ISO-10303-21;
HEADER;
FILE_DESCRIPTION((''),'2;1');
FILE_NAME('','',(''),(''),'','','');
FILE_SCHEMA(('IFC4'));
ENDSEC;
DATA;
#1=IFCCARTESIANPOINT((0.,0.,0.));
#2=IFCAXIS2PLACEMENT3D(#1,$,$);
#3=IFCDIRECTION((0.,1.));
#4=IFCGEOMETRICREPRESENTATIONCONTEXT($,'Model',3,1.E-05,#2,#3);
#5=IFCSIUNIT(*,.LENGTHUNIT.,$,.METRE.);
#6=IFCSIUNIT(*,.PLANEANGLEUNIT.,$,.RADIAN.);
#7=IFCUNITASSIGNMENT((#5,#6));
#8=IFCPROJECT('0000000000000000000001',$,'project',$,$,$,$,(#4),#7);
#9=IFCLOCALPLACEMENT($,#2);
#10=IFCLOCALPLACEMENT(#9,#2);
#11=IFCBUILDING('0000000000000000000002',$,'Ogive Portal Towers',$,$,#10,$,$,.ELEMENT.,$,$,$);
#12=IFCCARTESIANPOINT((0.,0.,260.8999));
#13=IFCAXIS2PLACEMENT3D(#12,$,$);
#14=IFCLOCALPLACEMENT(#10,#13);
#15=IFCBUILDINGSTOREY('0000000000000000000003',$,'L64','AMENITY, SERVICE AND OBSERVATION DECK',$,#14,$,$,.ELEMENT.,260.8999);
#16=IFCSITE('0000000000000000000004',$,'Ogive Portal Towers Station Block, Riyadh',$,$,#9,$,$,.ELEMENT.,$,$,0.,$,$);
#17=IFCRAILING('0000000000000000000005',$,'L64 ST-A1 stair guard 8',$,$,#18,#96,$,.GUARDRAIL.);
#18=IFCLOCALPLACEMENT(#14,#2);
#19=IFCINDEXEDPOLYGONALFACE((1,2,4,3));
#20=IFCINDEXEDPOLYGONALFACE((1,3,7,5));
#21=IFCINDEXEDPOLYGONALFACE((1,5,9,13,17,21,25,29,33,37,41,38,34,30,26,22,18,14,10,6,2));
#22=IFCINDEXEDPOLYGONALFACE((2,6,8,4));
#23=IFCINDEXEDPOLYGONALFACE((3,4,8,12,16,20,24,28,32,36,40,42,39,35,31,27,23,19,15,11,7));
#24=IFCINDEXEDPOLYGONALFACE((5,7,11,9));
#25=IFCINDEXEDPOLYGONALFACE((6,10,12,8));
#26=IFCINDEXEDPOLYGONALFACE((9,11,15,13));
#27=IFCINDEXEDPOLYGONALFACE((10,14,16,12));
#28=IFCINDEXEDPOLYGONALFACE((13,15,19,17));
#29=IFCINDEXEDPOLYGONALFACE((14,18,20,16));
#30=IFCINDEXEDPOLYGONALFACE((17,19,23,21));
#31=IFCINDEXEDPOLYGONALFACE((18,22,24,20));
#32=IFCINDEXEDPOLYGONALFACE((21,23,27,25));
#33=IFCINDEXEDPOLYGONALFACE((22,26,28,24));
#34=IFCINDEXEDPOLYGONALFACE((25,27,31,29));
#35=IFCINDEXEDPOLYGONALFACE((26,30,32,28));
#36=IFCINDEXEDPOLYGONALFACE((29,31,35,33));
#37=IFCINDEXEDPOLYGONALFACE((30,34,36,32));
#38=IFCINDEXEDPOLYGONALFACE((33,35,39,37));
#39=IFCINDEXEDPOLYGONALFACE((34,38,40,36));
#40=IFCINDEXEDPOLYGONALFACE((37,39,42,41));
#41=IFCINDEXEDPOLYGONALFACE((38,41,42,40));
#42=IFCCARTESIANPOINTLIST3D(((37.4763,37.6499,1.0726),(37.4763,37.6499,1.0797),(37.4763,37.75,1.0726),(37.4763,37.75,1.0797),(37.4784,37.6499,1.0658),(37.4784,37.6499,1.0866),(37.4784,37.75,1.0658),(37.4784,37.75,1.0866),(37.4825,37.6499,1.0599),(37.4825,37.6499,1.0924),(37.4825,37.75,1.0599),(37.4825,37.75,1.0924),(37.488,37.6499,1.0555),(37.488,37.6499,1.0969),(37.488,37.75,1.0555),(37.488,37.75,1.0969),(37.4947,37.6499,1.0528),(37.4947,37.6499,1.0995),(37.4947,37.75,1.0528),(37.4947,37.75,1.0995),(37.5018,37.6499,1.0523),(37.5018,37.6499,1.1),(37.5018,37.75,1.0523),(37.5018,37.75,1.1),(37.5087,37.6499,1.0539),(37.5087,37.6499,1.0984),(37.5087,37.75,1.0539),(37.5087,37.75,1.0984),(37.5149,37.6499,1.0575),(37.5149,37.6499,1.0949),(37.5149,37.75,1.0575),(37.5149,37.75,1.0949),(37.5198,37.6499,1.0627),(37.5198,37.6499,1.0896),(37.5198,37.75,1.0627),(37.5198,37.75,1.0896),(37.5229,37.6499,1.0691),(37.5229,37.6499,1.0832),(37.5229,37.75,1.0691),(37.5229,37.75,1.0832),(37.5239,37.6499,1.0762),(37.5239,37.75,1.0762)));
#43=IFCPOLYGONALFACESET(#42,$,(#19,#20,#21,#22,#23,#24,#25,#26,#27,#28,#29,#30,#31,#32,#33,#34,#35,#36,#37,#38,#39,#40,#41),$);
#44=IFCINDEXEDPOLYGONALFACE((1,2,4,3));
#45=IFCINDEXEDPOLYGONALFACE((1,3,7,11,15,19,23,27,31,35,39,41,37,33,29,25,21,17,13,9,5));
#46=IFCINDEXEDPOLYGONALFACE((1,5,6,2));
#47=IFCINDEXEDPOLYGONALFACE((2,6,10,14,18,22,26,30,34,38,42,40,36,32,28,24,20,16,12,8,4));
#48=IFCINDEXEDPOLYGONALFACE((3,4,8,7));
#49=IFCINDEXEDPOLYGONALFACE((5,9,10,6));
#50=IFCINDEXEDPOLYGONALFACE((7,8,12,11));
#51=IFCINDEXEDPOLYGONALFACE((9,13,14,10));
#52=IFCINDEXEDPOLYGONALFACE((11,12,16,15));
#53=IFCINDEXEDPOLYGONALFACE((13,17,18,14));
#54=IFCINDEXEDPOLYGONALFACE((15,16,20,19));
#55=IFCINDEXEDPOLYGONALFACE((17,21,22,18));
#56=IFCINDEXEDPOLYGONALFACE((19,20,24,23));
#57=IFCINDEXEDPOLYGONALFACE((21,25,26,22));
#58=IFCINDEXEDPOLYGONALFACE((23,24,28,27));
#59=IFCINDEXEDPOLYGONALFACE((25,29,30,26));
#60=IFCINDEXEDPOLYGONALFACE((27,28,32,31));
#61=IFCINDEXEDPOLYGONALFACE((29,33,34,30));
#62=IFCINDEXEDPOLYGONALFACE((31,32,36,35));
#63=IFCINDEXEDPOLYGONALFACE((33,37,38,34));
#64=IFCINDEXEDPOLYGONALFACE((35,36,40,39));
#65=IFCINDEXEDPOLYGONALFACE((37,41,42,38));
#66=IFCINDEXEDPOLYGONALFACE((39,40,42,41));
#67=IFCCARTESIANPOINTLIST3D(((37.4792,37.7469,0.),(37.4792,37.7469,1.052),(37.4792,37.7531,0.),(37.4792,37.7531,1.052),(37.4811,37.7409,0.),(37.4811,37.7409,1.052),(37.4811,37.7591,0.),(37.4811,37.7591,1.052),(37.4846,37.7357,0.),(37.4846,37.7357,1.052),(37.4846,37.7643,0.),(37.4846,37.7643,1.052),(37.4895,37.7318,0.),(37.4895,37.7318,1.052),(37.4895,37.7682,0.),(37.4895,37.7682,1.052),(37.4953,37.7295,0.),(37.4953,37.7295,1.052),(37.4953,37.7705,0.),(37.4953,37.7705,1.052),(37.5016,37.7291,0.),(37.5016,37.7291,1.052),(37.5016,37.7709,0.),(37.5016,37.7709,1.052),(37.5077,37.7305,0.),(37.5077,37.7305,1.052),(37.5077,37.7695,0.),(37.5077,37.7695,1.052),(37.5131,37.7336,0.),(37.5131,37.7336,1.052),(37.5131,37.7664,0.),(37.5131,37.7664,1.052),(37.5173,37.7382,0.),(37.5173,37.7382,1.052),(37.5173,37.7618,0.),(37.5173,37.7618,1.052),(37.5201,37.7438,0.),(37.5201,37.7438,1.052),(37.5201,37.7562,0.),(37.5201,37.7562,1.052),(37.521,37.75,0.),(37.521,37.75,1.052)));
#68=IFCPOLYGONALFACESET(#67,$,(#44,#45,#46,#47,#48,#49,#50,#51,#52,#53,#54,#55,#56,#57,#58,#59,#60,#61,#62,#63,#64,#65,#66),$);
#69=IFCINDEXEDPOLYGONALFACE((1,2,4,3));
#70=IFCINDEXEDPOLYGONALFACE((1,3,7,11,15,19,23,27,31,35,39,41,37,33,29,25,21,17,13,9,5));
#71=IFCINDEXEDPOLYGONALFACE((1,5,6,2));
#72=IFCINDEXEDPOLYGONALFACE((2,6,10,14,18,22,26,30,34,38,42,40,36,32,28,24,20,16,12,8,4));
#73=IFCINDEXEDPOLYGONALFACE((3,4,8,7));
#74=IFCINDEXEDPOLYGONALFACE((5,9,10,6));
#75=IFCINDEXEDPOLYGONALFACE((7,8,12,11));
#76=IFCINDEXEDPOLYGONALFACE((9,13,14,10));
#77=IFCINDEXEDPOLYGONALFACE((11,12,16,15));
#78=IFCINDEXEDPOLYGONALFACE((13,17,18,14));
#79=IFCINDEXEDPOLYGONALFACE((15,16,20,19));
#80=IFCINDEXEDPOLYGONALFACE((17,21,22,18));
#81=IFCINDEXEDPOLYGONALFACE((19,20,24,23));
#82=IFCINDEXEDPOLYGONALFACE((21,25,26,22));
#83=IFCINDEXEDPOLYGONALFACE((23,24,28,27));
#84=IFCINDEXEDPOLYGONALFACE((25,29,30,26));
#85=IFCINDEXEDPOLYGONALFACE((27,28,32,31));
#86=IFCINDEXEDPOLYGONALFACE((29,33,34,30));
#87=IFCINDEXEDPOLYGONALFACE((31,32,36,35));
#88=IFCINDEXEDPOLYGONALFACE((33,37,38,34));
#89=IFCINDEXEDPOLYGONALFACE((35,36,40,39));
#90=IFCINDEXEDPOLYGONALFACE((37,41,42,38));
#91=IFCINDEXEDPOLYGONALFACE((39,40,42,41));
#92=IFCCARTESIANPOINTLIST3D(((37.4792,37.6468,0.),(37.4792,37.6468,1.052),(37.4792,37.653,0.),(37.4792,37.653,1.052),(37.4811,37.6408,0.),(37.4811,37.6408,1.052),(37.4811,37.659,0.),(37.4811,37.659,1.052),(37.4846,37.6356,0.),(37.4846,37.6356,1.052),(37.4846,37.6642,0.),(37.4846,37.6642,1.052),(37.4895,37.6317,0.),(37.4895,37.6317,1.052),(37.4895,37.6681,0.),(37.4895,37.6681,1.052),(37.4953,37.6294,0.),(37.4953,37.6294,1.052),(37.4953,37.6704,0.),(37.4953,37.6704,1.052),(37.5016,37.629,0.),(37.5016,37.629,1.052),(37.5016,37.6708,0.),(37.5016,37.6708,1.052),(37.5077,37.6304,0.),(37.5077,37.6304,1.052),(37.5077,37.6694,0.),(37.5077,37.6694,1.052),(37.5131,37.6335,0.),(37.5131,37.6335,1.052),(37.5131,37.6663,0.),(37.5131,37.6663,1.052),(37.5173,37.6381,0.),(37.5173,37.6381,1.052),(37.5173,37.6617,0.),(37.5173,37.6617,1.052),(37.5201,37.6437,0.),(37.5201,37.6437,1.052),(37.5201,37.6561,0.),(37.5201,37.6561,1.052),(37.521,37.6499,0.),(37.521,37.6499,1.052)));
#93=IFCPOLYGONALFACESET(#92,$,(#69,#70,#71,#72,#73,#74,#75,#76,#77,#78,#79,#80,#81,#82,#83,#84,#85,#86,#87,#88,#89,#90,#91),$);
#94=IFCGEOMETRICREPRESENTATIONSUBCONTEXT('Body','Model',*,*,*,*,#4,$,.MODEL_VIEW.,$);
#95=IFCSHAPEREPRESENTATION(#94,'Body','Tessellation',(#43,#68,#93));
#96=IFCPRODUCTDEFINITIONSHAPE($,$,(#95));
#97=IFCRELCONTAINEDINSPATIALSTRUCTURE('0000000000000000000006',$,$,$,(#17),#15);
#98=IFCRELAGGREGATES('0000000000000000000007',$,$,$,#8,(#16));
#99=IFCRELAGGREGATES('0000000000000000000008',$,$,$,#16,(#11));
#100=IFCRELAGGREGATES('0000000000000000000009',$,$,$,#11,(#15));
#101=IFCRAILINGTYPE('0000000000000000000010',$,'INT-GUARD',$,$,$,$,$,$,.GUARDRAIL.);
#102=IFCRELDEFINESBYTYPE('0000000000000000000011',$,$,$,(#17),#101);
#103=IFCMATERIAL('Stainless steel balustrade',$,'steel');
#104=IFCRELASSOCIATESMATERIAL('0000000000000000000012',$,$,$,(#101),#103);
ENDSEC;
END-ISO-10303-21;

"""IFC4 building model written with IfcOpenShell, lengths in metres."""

from ifc_helpers import new_model, si_unit, direction, frame, origin, origin_2d, place, context, subcontext, project, spatial, circle, extrude, material, type_object, element, save


model = new_model("IFC4")

# Units and contexts
model_context = context("Model", 3, precision=1e-05, world=origin(), true_north=direction((0.0, 1.0)))
body_context = subcontext(model_context, "Body", "Model", "MODEL_VIEW")
ifc_project = project(units=[si_unit("LENGTHUNIT", "METRE"), si_unit("PLANEANGLEUNIT", "RADIAN")], contexts=[model_context])

# Site, building, storey
site_placement = place(None, origin())
site = spatial("IfcSite", under=ifc_project, at=site_placement, Name="Ogive Portal Towers Station Block, Riyadh", CompositionType="ELEMENT", RefElevation=0.0)
building_placement = place(site_placement, origin())
building = spatial("IfcBuilding", under=site, at=building_placement, Name="Ogive Portal Towers", CompositionType="ELEMENT")
storey_placement = place(building_placement, frame((0.0, 0.0, 260.8999)))
storey = spatial("IfcBuildingStorey", under=building, at=storey_placement, Name="L64", Description="AMENITY, SERVICE AND OBSERVATION DECK", CompositionType="ELEMENT", Elevation=260.8999)

# Railing
ifc_material_1 = material(Name="Stainless steel balustrade", Category="steel")
railing_type_1 = type_object("IfcRailingType", Name="INT-GUARD", PredefinedType="GUARDRAIL", material=ifc_material_1)
railing_1_placement = place(storey_placement, frame((37.5, 37.75, 0.0)))
element("IfcRailing", 1, at=railing_1_placement, inside=storey, type_object=railing_type_1, Name="L64 ST-A1 stair guard 8", PredefinedType="GUARDRAIL", context=body_context, shape_type="SweptSolid", body=[
    extrude(circle(Radius=0.0239, at=origin_2d()), frame((0.0, 0.0, 1.0762), z_axis=(0.0, -1.0, 0.0), x_axis=(1.0, 0.0, 0.0)), (0.0, 0.0, 1.0), 0.1001),
    extrude(circle(Radius=0.021, at=origin_2d()), origin(), (0.0, 0.0, 1.0), 1.052),
    extrude(circle(Radius=0.021, at=origin_2d()), frame((0.0, -0.1001, 0.0)), (0.0, 0.0, 1.0), 1.052),
])

save(model, "model.ifc")
